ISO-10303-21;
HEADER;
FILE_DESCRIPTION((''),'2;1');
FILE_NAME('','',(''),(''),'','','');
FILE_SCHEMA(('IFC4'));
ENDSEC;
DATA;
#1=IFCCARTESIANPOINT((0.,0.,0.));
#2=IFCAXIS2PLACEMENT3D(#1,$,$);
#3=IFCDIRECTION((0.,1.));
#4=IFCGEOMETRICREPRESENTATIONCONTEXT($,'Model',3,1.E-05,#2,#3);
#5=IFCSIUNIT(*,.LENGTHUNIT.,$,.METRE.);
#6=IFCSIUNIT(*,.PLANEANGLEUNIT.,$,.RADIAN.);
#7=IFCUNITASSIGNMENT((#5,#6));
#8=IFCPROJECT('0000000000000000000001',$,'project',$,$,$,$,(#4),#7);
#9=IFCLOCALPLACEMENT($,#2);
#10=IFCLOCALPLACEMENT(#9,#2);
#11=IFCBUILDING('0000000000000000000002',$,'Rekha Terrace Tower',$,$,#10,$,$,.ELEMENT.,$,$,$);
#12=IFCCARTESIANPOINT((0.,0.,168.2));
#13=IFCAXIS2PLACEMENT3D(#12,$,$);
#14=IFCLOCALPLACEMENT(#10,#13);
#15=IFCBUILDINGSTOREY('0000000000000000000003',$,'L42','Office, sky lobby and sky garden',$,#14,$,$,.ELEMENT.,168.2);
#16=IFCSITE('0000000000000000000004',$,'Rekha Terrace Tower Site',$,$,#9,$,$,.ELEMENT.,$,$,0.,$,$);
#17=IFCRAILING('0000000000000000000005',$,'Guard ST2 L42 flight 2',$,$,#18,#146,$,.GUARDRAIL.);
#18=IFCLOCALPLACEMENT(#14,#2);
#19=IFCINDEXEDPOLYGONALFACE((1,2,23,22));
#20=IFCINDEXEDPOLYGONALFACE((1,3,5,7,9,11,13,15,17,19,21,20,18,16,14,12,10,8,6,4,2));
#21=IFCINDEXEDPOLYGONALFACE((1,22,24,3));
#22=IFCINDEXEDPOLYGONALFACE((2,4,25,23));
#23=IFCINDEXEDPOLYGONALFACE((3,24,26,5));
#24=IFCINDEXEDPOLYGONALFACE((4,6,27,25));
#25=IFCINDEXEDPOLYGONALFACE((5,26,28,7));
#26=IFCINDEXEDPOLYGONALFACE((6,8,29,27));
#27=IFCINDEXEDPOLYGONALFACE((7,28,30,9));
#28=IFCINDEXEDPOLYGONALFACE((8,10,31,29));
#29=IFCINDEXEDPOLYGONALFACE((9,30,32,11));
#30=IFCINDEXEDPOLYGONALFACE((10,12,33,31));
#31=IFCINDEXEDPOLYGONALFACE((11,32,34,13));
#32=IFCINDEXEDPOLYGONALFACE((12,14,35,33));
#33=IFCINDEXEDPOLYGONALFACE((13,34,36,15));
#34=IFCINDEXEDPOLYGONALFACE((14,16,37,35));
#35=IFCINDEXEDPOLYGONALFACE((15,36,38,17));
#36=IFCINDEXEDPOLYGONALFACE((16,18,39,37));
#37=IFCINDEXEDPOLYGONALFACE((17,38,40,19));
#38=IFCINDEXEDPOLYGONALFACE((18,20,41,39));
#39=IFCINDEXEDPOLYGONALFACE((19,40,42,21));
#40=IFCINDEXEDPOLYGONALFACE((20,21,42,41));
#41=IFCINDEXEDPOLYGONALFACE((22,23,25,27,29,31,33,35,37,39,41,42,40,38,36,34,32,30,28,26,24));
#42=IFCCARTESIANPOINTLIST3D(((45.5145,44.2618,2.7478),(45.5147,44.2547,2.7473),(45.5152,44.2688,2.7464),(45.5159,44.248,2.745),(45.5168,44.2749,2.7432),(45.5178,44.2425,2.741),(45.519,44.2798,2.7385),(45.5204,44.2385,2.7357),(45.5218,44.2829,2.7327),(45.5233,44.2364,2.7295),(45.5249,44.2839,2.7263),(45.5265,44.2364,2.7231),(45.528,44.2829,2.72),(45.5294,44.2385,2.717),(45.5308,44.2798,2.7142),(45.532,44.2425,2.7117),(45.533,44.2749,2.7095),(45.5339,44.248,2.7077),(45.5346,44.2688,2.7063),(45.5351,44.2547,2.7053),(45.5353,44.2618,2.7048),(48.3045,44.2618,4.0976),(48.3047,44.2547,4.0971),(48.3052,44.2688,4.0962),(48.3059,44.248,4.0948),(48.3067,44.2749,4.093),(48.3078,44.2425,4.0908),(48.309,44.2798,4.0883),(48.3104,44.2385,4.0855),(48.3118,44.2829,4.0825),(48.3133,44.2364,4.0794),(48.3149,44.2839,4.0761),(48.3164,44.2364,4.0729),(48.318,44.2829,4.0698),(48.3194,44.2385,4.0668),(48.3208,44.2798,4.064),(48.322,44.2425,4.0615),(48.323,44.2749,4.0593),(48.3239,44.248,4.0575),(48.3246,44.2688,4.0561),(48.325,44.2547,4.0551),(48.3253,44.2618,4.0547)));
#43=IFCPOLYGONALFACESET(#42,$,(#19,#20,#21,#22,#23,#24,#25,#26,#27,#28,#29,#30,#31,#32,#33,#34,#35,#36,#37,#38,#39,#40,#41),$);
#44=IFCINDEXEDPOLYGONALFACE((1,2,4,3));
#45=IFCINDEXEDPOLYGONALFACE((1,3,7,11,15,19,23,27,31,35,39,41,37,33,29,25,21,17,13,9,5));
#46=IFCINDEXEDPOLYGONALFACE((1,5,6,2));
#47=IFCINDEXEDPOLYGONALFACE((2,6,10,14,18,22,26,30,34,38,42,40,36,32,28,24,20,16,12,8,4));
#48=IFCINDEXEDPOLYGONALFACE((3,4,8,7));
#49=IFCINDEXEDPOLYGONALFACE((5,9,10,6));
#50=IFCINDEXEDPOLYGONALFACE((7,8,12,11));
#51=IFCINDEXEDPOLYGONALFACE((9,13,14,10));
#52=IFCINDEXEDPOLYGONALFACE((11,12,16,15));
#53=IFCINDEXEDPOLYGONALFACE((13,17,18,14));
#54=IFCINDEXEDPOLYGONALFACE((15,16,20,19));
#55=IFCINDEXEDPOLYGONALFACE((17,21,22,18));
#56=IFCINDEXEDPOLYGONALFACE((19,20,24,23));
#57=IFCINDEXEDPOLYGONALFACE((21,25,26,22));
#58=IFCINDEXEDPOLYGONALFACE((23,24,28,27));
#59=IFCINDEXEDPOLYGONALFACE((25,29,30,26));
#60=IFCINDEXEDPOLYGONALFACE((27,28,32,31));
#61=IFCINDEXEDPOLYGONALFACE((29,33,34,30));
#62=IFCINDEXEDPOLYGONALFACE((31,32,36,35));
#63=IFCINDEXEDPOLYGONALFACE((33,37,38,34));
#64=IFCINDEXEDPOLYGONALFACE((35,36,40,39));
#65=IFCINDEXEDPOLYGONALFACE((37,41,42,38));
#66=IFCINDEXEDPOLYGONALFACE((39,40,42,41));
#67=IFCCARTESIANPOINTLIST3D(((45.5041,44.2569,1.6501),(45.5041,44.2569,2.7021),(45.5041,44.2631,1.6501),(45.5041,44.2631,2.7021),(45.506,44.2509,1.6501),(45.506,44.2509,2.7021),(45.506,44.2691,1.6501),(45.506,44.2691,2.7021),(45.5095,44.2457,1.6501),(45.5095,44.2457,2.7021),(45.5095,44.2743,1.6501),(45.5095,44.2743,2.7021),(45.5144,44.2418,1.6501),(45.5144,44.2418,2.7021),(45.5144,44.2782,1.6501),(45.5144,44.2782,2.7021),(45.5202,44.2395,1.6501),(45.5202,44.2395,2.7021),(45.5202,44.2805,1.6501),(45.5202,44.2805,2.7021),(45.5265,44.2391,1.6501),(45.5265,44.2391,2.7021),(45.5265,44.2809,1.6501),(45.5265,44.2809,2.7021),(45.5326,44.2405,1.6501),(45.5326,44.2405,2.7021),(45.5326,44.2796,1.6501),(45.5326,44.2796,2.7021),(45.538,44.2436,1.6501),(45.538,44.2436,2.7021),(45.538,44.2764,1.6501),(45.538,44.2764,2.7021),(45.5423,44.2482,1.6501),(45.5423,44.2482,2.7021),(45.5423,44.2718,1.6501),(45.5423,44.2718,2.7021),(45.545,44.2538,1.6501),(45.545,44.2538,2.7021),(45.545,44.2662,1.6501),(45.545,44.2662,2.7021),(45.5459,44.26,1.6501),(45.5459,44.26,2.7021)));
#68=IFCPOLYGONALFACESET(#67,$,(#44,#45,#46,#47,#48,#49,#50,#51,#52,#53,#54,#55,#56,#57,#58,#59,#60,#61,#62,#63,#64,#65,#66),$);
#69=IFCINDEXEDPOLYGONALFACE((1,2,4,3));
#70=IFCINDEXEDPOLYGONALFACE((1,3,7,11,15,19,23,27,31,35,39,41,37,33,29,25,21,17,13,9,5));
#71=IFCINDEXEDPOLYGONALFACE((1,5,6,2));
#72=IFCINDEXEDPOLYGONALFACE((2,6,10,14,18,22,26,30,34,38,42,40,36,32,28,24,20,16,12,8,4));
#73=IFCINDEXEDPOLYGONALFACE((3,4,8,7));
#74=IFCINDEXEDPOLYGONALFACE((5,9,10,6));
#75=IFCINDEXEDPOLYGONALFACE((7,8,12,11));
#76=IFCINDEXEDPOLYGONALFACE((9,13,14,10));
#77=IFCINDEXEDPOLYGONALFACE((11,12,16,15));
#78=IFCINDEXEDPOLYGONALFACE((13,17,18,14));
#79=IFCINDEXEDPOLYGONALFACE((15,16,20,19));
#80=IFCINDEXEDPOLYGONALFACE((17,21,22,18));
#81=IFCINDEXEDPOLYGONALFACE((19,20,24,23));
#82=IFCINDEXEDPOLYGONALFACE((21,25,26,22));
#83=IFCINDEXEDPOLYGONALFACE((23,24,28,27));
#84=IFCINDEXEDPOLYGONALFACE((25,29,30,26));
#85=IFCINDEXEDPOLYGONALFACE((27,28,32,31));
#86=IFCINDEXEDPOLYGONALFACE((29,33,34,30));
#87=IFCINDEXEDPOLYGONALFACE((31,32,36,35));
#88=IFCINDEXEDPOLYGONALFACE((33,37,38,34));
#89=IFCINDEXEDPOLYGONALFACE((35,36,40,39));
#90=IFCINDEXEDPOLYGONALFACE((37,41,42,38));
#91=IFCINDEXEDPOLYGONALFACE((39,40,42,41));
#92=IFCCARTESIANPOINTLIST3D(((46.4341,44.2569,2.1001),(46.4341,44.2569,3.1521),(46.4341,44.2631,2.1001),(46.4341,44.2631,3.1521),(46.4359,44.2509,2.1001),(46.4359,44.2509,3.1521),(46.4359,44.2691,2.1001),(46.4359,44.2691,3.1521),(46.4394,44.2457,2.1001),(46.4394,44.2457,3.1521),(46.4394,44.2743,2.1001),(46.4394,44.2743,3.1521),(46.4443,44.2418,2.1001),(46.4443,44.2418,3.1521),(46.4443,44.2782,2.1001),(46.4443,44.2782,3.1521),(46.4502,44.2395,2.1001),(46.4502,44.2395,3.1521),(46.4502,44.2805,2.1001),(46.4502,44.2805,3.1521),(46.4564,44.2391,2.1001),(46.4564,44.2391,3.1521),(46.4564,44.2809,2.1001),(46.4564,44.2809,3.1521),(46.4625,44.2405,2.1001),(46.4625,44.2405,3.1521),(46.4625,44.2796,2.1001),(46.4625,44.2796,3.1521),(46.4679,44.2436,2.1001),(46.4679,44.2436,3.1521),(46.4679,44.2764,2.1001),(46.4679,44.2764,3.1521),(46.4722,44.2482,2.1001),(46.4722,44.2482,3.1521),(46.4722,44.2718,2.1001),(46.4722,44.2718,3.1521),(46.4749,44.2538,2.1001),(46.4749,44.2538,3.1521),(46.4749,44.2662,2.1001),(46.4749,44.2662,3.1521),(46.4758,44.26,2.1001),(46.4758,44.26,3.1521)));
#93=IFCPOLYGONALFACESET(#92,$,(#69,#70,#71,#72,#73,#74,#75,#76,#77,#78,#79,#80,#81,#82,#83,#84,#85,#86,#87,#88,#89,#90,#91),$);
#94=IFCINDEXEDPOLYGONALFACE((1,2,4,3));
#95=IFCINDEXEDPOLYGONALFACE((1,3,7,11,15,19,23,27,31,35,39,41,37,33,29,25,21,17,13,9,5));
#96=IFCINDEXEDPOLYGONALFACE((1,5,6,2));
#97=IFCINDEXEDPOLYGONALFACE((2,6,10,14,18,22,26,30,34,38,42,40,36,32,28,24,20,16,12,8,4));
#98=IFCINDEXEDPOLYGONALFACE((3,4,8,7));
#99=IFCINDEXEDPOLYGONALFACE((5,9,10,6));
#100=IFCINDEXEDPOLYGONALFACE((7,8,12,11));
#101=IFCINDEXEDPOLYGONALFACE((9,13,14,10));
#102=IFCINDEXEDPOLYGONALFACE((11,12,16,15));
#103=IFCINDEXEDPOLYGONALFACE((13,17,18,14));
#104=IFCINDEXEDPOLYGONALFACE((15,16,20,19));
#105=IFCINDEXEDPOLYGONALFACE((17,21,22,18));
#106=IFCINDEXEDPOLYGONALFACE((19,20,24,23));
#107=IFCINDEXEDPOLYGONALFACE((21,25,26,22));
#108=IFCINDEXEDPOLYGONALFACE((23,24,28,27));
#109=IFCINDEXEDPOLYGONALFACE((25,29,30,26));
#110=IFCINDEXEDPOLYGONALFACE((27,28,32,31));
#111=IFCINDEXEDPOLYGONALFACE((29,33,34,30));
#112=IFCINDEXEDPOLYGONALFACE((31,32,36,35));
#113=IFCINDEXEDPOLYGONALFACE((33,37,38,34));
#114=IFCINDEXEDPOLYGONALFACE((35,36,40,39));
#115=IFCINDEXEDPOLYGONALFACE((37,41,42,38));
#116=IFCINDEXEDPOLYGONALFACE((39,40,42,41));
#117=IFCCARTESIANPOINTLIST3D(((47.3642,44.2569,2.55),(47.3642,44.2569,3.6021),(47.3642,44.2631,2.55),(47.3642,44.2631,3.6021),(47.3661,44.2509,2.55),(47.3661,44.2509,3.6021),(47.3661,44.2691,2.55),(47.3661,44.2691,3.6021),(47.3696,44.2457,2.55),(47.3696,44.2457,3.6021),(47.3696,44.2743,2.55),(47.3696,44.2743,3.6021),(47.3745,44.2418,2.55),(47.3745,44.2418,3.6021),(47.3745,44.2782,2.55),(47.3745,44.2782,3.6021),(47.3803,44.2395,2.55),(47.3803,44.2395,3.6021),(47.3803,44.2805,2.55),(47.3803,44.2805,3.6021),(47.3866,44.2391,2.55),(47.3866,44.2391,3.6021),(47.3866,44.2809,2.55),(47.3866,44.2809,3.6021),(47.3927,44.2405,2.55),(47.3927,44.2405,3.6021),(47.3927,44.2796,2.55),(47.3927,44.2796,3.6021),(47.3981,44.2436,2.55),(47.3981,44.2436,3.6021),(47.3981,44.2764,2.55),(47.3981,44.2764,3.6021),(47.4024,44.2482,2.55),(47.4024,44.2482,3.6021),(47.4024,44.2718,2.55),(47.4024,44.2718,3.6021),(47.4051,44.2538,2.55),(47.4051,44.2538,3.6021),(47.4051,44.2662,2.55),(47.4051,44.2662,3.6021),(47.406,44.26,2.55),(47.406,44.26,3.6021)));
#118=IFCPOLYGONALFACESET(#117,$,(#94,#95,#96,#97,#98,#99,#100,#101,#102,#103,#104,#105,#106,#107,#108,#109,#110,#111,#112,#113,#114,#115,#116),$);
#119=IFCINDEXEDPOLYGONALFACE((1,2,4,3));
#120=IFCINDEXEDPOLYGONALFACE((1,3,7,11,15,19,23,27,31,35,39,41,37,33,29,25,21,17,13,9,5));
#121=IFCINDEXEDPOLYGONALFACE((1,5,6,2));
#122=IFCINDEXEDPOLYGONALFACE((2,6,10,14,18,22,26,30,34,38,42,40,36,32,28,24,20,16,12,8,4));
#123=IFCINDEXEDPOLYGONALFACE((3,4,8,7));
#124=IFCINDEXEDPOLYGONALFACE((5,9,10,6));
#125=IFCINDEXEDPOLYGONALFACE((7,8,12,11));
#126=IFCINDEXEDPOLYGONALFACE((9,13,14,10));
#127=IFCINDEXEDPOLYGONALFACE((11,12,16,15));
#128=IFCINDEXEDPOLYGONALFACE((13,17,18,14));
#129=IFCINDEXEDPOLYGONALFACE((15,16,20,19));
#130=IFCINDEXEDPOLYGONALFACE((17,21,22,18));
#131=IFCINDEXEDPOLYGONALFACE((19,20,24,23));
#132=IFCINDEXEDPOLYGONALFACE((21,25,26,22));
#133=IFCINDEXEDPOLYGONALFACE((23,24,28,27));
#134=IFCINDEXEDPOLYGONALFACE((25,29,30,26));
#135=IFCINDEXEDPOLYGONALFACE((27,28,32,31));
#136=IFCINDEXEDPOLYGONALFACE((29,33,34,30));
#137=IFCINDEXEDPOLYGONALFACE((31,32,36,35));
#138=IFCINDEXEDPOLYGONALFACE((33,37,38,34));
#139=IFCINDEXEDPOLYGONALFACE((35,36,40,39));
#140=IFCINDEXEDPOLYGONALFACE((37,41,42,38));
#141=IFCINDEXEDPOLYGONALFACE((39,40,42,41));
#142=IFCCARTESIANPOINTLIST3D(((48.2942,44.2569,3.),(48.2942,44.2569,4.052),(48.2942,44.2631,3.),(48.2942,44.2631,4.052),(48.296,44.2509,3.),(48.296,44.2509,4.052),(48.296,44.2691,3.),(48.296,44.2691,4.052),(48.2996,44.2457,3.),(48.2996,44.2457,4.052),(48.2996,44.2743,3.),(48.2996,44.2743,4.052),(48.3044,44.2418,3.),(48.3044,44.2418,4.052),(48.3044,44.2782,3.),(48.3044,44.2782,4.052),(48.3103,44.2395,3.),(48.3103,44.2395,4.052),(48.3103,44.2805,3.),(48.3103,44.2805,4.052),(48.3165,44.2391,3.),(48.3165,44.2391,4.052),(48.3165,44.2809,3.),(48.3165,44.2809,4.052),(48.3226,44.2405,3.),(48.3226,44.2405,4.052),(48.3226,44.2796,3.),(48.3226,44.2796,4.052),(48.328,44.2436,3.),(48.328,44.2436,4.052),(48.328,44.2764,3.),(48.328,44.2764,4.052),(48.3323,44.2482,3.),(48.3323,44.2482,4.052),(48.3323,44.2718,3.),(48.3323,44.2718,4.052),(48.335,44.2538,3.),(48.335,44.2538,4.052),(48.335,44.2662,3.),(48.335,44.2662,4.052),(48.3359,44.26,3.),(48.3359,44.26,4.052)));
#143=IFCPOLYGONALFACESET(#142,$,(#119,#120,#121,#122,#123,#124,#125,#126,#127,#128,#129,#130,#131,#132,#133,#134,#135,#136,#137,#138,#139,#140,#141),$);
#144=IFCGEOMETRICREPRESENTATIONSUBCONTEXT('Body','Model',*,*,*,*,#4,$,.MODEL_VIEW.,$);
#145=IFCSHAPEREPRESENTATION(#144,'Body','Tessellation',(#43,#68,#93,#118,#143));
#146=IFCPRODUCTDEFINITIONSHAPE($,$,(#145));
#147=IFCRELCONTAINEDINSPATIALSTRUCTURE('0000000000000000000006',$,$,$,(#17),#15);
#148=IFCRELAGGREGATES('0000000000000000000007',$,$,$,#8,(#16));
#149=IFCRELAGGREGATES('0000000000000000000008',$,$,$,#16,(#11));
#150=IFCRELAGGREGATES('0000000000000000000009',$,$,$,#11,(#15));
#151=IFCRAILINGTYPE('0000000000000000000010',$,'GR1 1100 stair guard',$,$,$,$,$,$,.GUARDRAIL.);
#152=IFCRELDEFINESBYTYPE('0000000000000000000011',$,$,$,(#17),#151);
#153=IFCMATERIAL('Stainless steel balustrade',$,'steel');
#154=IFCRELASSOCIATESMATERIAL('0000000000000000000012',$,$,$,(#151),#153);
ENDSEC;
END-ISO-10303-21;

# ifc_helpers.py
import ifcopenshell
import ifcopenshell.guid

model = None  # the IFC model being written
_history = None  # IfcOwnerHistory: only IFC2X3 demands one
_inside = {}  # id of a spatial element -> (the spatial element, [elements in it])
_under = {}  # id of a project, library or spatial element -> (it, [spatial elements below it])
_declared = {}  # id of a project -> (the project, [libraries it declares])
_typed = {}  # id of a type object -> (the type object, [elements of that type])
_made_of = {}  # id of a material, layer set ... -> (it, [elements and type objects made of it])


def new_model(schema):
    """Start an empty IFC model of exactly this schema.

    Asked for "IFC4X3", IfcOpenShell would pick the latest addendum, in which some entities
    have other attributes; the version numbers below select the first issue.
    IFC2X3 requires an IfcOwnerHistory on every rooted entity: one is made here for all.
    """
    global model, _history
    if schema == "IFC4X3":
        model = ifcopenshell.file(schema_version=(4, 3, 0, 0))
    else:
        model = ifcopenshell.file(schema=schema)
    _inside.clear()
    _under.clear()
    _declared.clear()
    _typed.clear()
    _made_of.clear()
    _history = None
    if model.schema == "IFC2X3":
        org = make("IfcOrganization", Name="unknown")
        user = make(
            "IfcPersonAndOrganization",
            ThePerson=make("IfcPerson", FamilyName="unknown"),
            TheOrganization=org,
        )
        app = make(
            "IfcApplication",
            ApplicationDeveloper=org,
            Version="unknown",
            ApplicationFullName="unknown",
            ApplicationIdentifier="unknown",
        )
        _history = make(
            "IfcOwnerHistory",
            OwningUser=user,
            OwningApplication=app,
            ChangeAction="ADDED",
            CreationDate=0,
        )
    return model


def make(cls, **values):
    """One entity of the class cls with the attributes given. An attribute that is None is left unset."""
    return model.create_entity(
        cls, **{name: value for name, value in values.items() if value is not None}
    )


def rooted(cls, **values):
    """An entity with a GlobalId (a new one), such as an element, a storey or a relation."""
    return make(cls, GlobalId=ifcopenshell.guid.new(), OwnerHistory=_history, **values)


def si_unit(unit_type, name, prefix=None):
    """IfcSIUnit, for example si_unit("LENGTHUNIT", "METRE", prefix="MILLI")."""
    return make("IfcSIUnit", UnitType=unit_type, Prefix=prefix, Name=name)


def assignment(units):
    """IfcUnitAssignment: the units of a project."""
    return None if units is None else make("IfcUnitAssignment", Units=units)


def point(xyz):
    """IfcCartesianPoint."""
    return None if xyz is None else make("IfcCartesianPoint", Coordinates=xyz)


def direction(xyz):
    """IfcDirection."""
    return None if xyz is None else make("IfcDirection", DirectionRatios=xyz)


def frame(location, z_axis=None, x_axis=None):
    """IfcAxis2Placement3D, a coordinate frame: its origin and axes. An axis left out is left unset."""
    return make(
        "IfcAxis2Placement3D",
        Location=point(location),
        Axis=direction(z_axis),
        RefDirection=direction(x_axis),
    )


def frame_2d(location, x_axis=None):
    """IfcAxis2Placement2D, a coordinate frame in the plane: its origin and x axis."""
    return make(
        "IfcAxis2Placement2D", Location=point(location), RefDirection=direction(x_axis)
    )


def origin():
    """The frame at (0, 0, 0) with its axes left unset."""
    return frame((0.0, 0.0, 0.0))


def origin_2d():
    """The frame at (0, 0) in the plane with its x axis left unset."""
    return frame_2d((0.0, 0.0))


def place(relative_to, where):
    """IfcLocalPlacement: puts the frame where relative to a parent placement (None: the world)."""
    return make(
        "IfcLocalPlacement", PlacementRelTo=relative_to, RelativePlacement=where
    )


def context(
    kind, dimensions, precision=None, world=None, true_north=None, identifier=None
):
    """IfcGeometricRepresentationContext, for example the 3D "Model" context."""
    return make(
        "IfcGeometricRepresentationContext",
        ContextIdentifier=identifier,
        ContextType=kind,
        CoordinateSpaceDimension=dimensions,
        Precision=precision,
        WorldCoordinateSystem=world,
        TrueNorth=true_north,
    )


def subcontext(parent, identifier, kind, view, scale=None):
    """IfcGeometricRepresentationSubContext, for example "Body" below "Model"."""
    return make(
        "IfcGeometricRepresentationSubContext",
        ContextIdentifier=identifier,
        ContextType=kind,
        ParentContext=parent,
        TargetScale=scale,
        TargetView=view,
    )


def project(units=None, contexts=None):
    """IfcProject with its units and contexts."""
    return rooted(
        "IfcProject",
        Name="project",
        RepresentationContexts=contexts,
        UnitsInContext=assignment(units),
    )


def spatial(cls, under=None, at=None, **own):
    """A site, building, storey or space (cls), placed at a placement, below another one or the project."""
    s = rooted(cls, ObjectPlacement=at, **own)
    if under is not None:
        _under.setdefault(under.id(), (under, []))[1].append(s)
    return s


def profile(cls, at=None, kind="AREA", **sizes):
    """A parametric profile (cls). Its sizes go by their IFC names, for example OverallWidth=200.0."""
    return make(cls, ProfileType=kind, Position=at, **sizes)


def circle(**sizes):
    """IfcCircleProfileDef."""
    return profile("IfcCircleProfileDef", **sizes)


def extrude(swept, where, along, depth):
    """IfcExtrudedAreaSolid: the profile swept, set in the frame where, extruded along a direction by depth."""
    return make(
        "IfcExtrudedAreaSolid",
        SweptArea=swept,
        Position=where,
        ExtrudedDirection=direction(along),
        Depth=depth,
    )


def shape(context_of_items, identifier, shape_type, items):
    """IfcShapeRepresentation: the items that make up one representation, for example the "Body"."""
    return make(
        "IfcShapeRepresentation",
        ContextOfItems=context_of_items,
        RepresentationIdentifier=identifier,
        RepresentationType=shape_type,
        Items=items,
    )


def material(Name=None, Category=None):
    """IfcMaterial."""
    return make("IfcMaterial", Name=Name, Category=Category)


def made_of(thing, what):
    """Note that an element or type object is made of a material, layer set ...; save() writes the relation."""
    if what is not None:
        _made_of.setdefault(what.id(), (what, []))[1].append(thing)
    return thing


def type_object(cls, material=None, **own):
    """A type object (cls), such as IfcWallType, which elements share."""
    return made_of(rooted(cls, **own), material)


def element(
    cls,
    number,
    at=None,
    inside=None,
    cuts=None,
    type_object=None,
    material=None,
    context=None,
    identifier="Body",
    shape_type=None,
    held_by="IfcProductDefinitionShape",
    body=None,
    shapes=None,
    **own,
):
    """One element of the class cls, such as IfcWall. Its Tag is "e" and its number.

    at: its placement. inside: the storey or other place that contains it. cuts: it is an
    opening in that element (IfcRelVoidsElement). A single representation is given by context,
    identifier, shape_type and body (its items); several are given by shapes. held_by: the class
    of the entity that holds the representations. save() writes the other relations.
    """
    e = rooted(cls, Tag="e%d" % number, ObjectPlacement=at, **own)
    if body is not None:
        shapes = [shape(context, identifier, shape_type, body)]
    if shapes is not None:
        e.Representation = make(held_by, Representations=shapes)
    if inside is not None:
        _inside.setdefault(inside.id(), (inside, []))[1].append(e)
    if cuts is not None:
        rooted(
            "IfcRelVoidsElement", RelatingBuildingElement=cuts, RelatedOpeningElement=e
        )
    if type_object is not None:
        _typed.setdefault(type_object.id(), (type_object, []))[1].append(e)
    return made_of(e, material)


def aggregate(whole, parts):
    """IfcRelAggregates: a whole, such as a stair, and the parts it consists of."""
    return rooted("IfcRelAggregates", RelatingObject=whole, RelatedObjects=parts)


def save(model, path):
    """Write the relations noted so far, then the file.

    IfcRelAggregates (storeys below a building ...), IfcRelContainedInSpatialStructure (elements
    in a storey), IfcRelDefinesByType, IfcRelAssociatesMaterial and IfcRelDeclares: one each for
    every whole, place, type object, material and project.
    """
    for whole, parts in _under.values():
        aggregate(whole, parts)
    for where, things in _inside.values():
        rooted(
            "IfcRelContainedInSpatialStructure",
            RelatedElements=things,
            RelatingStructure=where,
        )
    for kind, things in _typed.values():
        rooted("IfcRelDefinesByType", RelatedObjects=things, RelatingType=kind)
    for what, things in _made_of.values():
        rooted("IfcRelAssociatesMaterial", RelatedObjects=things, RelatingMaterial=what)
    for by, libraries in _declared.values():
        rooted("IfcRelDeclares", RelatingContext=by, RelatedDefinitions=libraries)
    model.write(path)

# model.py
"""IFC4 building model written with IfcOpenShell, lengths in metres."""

from ifc_helpers import new_model, si_unit, direction, frame, origin, origin_2d, place, context, subcontext, project, spatial, circle, extrude, material, type_object, element, save


model = new_model("IFC4")

# Units and contexts
model_context = context("Model", 3, precision=1e-05, world=origin(), true_north=direction((0.0, 1.0)))
body_context = subcontext(model_context, "Body", "Model", "MODEL_VIEW")
ifc_project = project(units=[si_unit("LENGTHUNIT", "METRE"), si_unit("PLANEANGLEUNIT", "RADIAN")], contexts=[model_context])

# Site, building, storey
site_placement = place(None, origin())
site = spatial("IfcSite", under=ifc_project, at=site_placement, Name="Rekha Terrace Tower Site", CompositionType="ELEMENT", RefElevation=0.0)
building_placement = place(site_placement, origin())
building = spatial("IfcBuilding", under=site, at=building_placement, Name="Rekha Terrace Tower", CompositionType="ELEMENT")
storey_placement = place(building_placement, frame((0.0, 0.0, 168.2)))
storey = spatial("IfcBuildingStorey", under=building, at=storey_placement, Name="L42", Description="Office, sky lobby and sky garden", CompositionType="ELEMENT", Elevation=168.2)

# Railing
ifc_material_1 = material(Name="Stainless steel balustrade", Category="steel")
railing_type_1 = type_object("IfcRailingType", Name="GR1 1100 stair guard", PredefinedType="GUARDRAIL", material=ifc_material_1)
railing_1_placement = place(storey_placement, frame((45.5249, 44.26, 1.6501)))
element("IfcRailing", 1, at=railing_1_placement, inside=storey, type_object=railing_type_1, Name="Guard ST2 L42 flight 2", PredefinedType="GUARDRAIL", context=body_context, shape_type="SweptSolid", body=[
    extrude(circle(Radius=0.0239, at=origin_2d()), frame((0.0, 0.0, 1.0762), z_axis=(0.90018, 0.0, 0.435518), x_axis=(0.0, 1.0, 0.0)), (0.0, 0.0, 1.0), 3.0994),
    extrude(circle(Radius=0.021, at=origin_2d()), origin(), (0.0, 0.0, 1.0), 1.052),
    extrude(circle(Radius=0.021, at=origin_2d()), frame((0.9299, 0.0, 0.45)), (0.0, 0.0, 1.0), 1.052),
    extrude(circle(Radius=0.021, at=origin_2d()), frame((1.8601, 0.0, 0.8999)), (0.0, 0.0, 1.0), 1.052),
    extrude(circle(Radius=0.021, at=origin_2d()), frame((2.79, 0.0, 1.3499)), (0.0, 0.0, 1.0), 1.052),
])

save(model, "model.ifc")
